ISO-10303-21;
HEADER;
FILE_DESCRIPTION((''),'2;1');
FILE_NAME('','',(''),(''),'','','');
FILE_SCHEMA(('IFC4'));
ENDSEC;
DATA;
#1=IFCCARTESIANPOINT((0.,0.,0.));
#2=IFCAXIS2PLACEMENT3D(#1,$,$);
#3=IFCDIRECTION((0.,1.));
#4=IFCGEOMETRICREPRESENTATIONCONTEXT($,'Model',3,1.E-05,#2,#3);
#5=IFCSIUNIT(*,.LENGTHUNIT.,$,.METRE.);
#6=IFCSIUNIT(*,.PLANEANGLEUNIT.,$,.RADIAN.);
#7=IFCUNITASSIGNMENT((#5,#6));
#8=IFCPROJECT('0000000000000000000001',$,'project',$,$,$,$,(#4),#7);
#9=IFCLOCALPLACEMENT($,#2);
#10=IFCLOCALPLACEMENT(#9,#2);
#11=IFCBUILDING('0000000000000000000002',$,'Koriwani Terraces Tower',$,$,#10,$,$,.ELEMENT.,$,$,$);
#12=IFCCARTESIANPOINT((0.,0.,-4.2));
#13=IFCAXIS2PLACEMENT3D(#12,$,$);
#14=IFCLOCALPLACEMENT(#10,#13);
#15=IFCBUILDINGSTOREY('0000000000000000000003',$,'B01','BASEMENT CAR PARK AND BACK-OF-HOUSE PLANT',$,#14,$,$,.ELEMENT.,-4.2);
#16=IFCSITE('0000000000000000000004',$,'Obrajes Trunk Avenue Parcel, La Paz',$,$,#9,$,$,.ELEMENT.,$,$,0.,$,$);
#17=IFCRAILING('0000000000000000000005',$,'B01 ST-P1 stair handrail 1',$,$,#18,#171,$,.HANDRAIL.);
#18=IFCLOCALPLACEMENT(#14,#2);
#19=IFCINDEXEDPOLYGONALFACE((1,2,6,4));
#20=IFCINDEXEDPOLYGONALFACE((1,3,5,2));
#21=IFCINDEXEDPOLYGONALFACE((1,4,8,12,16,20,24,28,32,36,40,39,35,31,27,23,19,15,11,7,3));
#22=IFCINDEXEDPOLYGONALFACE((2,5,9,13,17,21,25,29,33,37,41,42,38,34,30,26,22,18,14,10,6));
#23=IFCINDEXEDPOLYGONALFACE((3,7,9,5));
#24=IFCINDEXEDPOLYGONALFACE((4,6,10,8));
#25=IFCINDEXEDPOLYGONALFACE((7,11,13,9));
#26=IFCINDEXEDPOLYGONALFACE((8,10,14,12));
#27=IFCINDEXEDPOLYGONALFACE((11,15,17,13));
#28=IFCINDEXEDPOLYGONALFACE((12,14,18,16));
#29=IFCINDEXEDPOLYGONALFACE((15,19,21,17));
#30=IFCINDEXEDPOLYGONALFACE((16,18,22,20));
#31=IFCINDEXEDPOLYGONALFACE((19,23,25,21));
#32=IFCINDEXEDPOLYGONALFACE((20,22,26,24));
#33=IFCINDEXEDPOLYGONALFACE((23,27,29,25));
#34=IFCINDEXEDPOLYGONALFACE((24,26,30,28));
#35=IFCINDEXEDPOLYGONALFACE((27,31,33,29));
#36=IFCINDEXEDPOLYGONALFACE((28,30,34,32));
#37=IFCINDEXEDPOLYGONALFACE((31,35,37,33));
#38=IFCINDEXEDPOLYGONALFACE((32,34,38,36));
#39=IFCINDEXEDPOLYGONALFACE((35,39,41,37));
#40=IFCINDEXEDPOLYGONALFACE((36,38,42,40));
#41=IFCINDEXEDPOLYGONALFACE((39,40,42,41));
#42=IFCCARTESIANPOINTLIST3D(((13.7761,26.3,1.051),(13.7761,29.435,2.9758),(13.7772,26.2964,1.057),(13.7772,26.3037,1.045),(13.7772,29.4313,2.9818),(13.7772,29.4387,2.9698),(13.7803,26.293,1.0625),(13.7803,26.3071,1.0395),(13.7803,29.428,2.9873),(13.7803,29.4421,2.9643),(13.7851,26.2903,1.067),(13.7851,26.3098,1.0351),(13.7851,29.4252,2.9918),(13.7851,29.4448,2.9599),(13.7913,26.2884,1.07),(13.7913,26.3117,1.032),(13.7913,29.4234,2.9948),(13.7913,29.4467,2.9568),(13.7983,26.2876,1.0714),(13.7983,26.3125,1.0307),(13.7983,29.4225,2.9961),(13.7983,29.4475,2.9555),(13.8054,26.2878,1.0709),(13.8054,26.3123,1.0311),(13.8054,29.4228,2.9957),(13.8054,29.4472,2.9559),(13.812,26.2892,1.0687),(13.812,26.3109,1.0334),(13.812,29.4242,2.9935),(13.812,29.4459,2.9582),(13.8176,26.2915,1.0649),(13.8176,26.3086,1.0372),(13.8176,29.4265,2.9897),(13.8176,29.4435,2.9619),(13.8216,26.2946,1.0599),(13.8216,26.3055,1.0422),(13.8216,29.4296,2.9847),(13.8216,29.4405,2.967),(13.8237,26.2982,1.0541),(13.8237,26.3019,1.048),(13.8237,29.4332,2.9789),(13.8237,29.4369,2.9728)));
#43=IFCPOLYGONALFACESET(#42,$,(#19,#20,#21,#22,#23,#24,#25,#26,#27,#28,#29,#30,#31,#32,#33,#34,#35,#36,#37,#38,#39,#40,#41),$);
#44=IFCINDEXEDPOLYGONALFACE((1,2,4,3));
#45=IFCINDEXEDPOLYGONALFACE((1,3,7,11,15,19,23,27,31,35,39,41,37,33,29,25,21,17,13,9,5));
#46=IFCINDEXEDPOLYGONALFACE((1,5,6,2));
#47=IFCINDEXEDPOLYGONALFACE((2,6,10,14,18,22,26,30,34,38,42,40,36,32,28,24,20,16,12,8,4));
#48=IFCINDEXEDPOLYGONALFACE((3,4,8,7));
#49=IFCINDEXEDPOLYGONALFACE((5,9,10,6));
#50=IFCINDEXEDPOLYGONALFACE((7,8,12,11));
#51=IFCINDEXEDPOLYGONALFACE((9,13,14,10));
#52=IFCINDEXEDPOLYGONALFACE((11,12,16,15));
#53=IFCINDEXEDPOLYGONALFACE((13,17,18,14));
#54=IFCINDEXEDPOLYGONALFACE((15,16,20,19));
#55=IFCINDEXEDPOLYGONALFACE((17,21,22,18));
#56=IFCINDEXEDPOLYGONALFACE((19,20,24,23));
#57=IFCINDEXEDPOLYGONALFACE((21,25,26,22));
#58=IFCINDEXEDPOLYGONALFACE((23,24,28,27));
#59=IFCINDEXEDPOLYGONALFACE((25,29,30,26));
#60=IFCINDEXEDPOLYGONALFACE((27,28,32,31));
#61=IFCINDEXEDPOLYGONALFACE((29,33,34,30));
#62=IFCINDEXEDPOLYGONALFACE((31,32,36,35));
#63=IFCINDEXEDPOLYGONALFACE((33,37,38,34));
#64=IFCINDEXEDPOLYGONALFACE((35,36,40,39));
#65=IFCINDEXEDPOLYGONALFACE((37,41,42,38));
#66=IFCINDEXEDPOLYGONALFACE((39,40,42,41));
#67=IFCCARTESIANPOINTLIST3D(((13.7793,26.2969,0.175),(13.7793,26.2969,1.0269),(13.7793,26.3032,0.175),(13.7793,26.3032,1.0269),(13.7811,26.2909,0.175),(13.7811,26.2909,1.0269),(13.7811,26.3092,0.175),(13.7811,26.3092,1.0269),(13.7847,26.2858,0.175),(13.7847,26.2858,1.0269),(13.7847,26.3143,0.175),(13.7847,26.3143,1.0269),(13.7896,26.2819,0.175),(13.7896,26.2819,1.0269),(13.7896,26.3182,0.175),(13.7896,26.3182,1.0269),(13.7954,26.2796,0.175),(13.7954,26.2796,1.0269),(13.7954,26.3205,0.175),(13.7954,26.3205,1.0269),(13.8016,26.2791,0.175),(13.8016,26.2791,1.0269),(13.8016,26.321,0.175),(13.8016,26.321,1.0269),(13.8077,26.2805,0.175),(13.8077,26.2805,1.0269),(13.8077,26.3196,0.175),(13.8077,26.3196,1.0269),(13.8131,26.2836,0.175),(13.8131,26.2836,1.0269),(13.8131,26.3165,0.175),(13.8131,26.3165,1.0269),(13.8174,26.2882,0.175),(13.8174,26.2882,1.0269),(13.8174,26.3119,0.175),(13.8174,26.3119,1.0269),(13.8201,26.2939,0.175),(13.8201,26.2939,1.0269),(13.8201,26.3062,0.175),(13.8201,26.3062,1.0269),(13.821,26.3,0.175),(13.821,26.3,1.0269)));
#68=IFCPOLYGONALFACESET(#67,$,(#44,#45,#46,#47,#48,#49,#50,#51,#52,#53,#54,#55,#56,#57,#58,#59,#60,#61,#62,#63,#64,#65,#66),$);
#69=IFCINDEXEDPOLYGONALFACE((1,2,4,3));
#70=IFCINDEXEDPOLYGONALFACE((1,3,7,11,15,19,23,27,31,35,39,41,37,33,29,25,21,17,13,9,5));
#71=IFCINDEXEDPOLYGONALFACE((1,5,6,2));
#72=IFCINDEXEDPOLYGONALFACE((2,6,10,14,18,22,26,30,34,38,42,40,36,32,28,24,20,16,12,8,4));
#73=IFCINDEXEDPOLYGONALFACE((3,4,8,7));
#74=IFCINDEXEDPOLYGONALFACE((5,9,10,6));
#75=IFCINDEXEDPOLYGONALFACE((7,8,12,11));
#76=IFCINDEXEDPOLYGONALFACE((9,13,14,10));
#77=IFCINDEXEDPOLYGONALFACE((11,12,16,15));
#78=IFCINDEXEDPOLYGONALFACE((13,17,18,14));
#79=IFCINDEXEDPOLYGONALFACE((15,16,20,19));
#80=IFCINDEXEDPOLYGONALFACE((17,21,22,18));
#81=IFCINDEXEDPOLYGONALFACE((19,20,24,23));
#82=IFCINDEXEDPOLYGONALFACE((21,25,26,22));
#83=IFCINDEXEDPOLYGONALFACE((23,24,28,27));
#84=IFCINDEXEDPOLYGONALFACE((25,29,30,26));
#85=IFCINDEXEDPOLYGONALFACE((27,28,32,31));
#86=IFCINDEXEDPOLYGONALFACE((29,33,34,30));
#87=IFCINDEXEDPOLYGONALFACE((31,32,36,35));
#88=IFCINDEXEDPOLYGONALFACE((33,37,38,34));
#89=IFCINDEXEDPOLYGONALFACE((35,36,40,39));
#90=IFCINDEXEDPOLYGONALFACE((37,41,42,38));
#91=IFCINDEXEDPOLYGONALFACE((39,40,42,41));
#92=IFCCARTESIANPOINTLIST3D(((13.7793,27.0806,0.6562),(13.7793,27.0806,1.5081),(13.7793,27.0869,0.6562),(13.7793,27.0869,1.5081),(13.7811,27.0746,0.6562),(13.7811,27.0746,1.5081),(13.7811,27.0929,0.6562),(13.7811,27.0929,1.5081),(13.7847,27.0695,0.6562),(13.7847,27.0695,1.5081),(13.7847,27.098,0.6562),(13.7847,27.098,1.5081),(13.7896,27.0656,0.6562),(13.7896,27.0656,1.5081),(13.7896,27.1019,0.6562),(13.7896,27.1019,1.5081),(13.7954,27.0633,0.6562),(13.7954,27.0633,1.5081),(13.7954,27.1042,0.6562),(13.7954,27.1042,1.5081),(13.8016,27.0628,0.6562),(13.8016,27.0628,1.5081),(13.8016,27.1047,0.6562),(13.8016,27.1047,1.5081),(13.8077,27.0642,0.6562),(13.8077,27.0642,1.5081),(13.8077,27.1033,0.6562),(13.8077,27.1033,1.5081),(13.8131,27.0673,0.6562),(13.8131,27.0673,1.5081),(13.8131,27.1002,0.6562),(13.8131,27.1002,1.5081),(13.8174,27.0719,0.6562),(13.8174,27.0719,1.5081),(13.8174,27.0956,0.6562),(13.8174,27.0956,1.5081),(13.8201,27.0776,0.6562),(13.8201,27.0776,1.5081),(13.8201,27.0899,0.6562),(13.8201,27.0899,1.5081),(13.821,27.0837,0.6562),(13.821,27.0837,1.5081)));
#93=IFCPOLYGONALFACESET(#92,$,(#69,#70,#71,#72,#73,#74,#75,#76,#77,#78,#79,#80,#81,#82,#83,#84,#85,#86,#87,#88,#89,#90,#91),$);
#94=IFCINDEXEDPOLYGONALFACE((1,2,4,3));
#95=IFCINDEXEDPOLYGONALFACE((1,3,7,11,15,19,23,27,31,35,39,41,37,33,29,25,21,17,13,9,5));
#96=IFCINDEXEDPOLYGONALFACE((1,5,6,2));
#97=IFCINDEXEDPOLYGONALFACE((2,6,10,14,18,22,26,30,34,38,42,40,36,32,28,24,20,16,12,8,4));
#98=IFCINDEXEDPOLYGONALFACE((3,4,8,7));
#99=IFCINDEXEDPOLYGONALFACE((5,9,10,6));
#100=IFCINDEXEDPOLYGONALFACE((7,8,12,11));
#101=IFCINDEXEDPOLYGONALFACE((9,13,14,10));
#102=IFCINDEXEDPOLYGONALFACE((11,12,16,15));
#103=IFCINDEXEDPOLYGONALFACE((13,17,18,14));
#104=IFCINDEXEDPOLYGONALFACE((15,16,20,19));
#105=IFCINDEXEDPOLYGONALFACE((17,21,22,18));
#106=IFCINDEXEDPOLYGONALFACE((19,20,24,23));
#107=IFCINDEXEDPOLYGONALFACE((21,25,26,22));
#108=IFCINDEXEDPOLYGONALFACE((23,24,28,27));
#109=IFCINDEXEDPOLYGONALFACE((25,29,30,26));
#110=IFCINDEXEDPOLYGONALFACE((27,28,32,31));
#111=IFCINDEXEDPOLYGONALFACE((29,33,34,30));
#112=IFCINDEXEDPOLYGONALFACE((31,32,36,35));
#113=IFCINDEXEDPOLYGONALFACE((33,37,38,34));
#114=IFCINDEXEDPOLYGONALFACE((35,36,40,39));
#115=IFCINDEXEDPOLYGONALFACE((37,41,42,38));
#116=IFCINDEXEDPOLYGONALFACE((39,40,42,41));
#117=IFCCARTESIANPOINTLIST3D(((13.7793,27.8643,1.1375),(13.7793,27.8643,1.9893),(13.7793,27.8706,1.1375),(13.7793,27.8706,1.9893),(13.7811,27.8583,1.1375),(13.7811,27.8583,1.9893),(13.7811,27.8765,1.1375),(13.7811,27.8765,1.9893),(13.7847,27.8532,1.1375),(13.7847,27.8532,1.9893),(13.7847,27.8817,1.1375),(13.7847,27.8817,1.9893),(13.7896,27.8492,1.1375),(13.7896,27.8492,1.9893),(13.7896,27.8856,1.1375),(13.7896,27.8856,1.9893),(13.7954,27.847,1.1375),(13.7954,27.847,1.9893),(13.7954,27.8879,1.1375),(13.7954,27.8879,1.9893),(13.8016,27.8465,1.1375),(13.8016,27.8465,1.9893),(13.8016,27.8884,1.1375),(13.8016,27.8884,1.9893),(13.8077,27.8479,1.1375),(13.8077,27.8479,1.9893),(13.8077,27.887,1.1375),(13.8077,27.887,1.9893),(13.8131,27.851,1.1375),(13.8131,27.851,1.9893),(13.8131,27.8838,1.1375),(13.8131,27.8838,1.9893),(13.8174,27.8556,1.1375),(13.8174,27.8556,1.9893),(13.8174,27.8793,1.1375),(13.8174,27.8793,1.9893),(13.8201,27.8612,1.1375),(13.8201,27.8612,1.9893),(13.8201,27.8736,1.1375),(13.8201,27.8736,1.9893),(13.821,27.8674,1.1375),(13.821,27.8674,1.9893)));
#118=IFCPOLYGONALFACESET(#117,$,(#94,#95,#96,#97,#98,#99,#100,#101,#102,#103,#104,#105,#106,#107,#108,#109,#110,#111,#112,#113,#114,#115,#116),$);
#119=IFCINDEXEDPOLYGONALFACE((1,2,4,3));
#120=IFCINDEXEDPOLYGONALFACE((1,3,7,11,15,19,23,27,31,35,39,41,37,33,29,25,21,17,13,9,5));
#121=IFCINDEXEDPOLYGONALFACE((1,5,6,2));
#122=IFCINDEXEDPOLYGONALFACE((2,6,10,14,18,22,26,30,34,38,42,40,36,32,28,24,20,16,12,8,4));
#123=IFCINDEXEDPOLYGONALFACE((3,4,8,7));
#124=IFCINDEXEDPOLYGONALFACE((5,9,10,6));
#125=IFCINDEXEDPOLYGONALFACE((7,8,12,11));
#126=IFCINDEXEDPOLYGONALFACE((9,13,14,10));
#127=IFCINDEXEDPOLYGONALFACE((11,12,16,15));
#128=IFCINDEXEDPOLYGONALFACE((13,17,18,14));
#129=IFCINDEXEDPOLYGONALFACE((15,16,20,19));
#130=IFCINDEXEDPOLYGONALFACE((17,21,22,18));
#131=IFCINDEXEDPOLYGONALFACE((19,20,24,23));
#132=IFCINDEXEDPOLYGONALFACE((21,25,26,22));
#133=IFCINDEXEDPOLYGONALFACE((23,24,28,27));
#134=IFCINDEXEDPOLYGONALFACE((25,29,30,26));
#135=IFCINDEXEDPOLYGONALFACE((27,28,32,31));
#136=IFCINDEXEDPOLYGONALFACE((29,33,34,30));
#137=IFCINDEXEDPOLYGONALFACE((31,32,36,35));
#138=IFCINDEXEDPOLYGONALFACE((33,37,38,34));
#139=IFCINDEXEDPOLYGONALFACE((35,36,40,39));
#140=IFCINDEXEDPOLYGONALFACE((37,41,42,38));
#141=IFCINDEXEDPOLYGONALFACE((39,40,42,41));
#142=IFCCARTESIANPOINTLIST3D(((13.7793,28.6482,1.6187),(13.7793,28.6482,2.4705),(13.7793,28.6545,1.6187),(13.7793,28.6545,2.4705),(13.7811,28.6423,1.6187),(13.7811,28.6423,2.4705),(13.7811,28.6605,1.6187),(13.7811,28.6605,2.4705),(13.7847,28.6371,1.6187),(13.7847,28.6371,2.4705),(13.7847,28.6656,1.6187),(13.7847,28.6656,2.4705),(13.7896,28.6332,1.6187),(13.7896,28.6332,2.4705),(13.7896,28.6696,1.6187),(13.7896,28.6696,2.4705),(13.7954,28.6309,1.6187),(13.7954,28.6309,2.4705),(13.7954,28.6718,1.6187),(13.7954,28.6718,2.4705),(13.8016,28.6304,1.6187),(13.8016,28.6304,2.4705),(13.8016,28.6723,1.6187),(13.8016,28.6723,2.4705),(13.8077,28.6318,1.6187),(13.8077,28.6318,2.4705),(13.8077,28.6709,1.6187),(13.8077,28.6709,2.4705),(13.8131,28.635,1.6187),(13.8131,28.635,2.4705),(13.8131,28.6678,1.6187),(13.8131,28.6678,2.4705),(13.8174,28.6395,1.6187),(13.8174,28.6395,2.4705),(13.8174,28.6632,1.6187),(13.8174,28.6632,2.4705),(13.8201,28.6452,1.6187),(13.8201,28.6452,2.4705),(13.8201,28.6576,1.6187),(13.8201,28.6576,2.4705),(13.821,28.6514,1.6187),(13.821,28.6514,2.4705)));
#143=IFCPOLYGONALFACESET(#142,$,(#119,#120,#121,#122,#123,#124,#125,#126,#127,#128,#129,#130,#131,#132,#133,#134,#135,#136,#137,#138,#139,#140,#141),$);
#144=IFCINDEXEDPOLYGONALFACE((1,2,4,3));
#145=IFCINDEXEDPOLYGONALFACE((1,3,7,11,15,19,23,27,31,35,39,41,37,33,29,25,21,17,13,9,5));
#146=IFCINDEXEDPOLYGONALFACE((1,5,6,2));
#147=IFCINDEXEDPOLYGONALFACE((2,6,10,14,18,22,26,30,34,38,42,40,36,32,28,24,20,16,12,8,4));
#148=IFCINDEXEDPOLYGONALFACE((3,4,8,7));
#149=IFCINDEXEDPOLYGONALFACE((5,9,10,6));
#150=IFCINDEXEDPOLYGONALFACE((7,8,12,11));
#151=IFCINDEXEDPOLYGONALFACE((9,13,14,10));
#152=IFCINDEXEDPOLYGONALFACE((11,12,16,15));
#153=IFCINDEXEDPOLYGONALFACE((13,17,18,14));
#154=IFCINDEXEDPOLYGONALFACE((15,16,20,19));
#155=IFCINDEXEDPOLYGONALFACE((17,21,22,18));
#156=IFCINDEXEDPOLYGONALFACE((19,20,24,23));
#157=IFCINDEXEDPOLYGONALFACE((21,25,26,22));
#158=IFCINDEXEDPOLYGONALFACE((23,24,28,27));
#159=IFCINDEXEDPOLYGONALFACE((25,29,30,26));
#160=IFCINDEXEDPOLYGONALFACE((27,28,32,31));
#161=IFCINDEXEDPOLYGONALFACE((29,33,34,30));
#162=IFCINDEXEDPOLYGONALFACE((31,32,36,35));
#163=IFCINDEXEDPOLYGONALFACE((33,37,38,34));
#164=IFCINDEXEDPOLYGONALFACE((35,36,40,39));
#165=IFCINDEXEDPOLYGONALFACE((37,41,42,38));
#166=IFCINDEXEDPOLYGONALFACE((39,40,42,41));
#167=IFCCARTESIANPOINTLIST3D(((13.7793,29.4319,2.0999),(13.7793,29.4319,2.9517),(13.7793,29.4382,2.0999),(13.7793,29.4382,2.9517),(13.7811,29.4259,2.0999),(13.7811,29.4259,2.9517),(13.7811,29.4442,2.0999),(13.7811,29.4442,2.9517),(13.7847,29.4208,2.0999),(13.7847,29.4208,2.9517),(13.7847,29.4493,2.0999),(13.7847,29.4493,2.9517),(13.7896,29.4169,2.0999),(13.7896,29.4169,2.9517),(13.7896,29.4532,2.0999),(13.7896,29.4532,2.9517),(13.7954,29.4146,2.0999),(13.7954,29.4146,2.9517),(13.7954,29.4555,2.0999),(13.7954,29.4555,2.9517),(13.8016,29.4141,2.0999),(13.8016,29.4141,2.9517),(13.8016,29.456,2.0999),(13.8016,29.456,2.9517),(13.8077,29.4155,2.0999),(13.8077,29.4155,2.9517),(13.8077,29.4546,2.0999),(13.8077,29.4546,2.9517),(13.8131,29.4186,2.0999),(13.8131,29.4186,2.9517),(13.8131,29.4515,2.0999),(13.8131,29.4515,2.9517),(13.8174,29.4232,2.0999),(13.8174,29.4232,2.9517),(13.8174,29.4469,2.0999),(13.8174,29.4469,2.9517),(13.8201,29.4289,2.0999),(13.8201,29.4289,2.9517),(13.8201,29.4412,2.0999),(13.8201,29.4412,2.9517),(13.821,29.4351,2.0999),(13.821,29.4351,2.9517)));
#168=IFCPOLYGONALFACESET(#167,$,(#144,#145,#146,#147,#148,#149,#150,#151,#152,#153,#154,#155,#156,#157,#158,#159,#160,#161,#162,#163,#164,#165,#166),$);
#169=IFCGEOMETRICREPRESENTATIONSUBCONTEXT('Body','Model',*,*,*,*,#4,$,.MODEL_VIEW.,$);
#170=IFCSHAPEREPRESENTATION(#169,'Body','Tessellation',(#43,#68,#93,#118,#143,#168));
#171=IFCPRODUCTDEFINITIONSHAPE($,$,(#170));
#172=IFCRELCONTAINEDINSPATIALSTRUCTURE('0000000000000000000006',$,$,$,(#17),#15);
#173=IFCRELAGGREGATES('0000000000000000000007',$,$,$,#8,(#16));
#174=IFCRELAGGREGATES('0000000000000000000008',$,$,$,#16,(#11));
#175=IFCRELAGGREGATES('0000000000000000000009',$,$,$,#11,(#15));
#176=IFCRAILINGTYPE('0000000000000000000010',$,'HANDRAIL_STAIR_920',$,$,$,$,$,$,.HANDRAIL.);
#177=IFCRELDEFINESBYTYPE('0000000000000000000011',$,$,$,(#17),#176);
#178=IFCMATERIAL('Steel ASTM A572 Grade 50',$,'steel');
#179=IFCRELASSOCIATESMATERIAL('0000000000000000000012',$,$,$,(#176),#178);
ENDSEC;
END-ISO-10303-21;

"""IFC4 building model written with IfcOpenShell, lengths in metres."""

from ifc_helpers import new_model, si_unit, direction, frame, origin, origin_2d, place, context, subcontext, project, spatial, circle, extrude, material, type_object, element, save


model = new_model("IFC4")

# Units and contexts
model_context = context("Model", 3, precision=1e-05, world=origin(), true_north=direction((0.0, 1.0)))
body_context = subcontext(model_context, "Body", "Model", "MODEL_VIEW")
ifc_project = project(units=[si_unit("LENGTHUNIT", "METRE"), si_unit("PLANEANGLEUNIT", "RADIAN")], contexts=[model_context])

# Site, building, storey
site_placement = place(None, origin())
site = spatial("IfcSite", under=ifc_project, at=site_placement, Name="Obrajes Trunk Avenue Parcel, La Paz", CompositionType="ELEMENT", RefElevation=0.0)
building_placement = place(site_placement, origin())
building = spatial("IfcBuilding", under=site, at=building_placement, Name="Koriwani Terraces Tower", CompositionType="ELEMENT")
storey_placement = place(building_placement, frame((0.0, 0.0, -4.2)))
storey = spatial("IfcBuildingStorey", under=building, at=storey_placement, Name="B01", Description="BASEMENT CAR PARK AND BACK-OF-HOUSE PLANT", CompositionType="ELEMENT", Elevation=-4.2)

# Shared definitions
ifc_material_1 = material(Name="Steel ASTM A572 Grade 50", Category="steel")

# Railing
railing_type_1 = type_object("IfcRailingType", Name="HANDRAIL_STAIR_920", PredefinedType="HANDRAIL", material=ifc_material_1)
railing_1_placement = place(storey_placement, frame((13.8, 26.3, 0.175)))
element("IfcRailing", 1, at=railing_1_placement, inside=storey, type_object=railing_type_1, Name="B01 ST-P1 stair handrail 1", PredefinedType="HANDRAIL", context=body_context, shape_type="SweptSolid", body=[
    extrude(circle(Radius=0.0239, at=origin_2d()), frame((0.0, 0.0, 0.876), z_axis=(0.0, 0.852196, 0.523223), x_axis=(-1.0, 0.0, 0.0)), (0.0, 0.0, 1.0), 3.6787),
    extrude(circle(Radius=0.021, at=origin_2d()), origin(), (0.0, 0.0, 1.0), 0.8518),
    extrude(circle(Radius=0.021, at=origin_2d()), frame((0.0, 0.7837, 0.4812)), (0.0, 0.0, 1.0), 0.8518),
    extrude(circle(Radius=0.021, at=origin_2d()), frame((0.0, 1.5674, 0.9624)), (0.0, 0.0, 1.0), 0.8518),
    extrude(circle(Radius=0.021, at=origin_2d()), frame((0.0, 2.3513, 1.4436)), (0.0, 0.0, 1.0), 0.8518),
    extrude(circle(Radius=0.021, at=origin_2d()), frame((0.0, 3.135, 1.9248)), (0.0, 0.0, 1.0), 0.8518),
])

save(model, "model.ifc")
